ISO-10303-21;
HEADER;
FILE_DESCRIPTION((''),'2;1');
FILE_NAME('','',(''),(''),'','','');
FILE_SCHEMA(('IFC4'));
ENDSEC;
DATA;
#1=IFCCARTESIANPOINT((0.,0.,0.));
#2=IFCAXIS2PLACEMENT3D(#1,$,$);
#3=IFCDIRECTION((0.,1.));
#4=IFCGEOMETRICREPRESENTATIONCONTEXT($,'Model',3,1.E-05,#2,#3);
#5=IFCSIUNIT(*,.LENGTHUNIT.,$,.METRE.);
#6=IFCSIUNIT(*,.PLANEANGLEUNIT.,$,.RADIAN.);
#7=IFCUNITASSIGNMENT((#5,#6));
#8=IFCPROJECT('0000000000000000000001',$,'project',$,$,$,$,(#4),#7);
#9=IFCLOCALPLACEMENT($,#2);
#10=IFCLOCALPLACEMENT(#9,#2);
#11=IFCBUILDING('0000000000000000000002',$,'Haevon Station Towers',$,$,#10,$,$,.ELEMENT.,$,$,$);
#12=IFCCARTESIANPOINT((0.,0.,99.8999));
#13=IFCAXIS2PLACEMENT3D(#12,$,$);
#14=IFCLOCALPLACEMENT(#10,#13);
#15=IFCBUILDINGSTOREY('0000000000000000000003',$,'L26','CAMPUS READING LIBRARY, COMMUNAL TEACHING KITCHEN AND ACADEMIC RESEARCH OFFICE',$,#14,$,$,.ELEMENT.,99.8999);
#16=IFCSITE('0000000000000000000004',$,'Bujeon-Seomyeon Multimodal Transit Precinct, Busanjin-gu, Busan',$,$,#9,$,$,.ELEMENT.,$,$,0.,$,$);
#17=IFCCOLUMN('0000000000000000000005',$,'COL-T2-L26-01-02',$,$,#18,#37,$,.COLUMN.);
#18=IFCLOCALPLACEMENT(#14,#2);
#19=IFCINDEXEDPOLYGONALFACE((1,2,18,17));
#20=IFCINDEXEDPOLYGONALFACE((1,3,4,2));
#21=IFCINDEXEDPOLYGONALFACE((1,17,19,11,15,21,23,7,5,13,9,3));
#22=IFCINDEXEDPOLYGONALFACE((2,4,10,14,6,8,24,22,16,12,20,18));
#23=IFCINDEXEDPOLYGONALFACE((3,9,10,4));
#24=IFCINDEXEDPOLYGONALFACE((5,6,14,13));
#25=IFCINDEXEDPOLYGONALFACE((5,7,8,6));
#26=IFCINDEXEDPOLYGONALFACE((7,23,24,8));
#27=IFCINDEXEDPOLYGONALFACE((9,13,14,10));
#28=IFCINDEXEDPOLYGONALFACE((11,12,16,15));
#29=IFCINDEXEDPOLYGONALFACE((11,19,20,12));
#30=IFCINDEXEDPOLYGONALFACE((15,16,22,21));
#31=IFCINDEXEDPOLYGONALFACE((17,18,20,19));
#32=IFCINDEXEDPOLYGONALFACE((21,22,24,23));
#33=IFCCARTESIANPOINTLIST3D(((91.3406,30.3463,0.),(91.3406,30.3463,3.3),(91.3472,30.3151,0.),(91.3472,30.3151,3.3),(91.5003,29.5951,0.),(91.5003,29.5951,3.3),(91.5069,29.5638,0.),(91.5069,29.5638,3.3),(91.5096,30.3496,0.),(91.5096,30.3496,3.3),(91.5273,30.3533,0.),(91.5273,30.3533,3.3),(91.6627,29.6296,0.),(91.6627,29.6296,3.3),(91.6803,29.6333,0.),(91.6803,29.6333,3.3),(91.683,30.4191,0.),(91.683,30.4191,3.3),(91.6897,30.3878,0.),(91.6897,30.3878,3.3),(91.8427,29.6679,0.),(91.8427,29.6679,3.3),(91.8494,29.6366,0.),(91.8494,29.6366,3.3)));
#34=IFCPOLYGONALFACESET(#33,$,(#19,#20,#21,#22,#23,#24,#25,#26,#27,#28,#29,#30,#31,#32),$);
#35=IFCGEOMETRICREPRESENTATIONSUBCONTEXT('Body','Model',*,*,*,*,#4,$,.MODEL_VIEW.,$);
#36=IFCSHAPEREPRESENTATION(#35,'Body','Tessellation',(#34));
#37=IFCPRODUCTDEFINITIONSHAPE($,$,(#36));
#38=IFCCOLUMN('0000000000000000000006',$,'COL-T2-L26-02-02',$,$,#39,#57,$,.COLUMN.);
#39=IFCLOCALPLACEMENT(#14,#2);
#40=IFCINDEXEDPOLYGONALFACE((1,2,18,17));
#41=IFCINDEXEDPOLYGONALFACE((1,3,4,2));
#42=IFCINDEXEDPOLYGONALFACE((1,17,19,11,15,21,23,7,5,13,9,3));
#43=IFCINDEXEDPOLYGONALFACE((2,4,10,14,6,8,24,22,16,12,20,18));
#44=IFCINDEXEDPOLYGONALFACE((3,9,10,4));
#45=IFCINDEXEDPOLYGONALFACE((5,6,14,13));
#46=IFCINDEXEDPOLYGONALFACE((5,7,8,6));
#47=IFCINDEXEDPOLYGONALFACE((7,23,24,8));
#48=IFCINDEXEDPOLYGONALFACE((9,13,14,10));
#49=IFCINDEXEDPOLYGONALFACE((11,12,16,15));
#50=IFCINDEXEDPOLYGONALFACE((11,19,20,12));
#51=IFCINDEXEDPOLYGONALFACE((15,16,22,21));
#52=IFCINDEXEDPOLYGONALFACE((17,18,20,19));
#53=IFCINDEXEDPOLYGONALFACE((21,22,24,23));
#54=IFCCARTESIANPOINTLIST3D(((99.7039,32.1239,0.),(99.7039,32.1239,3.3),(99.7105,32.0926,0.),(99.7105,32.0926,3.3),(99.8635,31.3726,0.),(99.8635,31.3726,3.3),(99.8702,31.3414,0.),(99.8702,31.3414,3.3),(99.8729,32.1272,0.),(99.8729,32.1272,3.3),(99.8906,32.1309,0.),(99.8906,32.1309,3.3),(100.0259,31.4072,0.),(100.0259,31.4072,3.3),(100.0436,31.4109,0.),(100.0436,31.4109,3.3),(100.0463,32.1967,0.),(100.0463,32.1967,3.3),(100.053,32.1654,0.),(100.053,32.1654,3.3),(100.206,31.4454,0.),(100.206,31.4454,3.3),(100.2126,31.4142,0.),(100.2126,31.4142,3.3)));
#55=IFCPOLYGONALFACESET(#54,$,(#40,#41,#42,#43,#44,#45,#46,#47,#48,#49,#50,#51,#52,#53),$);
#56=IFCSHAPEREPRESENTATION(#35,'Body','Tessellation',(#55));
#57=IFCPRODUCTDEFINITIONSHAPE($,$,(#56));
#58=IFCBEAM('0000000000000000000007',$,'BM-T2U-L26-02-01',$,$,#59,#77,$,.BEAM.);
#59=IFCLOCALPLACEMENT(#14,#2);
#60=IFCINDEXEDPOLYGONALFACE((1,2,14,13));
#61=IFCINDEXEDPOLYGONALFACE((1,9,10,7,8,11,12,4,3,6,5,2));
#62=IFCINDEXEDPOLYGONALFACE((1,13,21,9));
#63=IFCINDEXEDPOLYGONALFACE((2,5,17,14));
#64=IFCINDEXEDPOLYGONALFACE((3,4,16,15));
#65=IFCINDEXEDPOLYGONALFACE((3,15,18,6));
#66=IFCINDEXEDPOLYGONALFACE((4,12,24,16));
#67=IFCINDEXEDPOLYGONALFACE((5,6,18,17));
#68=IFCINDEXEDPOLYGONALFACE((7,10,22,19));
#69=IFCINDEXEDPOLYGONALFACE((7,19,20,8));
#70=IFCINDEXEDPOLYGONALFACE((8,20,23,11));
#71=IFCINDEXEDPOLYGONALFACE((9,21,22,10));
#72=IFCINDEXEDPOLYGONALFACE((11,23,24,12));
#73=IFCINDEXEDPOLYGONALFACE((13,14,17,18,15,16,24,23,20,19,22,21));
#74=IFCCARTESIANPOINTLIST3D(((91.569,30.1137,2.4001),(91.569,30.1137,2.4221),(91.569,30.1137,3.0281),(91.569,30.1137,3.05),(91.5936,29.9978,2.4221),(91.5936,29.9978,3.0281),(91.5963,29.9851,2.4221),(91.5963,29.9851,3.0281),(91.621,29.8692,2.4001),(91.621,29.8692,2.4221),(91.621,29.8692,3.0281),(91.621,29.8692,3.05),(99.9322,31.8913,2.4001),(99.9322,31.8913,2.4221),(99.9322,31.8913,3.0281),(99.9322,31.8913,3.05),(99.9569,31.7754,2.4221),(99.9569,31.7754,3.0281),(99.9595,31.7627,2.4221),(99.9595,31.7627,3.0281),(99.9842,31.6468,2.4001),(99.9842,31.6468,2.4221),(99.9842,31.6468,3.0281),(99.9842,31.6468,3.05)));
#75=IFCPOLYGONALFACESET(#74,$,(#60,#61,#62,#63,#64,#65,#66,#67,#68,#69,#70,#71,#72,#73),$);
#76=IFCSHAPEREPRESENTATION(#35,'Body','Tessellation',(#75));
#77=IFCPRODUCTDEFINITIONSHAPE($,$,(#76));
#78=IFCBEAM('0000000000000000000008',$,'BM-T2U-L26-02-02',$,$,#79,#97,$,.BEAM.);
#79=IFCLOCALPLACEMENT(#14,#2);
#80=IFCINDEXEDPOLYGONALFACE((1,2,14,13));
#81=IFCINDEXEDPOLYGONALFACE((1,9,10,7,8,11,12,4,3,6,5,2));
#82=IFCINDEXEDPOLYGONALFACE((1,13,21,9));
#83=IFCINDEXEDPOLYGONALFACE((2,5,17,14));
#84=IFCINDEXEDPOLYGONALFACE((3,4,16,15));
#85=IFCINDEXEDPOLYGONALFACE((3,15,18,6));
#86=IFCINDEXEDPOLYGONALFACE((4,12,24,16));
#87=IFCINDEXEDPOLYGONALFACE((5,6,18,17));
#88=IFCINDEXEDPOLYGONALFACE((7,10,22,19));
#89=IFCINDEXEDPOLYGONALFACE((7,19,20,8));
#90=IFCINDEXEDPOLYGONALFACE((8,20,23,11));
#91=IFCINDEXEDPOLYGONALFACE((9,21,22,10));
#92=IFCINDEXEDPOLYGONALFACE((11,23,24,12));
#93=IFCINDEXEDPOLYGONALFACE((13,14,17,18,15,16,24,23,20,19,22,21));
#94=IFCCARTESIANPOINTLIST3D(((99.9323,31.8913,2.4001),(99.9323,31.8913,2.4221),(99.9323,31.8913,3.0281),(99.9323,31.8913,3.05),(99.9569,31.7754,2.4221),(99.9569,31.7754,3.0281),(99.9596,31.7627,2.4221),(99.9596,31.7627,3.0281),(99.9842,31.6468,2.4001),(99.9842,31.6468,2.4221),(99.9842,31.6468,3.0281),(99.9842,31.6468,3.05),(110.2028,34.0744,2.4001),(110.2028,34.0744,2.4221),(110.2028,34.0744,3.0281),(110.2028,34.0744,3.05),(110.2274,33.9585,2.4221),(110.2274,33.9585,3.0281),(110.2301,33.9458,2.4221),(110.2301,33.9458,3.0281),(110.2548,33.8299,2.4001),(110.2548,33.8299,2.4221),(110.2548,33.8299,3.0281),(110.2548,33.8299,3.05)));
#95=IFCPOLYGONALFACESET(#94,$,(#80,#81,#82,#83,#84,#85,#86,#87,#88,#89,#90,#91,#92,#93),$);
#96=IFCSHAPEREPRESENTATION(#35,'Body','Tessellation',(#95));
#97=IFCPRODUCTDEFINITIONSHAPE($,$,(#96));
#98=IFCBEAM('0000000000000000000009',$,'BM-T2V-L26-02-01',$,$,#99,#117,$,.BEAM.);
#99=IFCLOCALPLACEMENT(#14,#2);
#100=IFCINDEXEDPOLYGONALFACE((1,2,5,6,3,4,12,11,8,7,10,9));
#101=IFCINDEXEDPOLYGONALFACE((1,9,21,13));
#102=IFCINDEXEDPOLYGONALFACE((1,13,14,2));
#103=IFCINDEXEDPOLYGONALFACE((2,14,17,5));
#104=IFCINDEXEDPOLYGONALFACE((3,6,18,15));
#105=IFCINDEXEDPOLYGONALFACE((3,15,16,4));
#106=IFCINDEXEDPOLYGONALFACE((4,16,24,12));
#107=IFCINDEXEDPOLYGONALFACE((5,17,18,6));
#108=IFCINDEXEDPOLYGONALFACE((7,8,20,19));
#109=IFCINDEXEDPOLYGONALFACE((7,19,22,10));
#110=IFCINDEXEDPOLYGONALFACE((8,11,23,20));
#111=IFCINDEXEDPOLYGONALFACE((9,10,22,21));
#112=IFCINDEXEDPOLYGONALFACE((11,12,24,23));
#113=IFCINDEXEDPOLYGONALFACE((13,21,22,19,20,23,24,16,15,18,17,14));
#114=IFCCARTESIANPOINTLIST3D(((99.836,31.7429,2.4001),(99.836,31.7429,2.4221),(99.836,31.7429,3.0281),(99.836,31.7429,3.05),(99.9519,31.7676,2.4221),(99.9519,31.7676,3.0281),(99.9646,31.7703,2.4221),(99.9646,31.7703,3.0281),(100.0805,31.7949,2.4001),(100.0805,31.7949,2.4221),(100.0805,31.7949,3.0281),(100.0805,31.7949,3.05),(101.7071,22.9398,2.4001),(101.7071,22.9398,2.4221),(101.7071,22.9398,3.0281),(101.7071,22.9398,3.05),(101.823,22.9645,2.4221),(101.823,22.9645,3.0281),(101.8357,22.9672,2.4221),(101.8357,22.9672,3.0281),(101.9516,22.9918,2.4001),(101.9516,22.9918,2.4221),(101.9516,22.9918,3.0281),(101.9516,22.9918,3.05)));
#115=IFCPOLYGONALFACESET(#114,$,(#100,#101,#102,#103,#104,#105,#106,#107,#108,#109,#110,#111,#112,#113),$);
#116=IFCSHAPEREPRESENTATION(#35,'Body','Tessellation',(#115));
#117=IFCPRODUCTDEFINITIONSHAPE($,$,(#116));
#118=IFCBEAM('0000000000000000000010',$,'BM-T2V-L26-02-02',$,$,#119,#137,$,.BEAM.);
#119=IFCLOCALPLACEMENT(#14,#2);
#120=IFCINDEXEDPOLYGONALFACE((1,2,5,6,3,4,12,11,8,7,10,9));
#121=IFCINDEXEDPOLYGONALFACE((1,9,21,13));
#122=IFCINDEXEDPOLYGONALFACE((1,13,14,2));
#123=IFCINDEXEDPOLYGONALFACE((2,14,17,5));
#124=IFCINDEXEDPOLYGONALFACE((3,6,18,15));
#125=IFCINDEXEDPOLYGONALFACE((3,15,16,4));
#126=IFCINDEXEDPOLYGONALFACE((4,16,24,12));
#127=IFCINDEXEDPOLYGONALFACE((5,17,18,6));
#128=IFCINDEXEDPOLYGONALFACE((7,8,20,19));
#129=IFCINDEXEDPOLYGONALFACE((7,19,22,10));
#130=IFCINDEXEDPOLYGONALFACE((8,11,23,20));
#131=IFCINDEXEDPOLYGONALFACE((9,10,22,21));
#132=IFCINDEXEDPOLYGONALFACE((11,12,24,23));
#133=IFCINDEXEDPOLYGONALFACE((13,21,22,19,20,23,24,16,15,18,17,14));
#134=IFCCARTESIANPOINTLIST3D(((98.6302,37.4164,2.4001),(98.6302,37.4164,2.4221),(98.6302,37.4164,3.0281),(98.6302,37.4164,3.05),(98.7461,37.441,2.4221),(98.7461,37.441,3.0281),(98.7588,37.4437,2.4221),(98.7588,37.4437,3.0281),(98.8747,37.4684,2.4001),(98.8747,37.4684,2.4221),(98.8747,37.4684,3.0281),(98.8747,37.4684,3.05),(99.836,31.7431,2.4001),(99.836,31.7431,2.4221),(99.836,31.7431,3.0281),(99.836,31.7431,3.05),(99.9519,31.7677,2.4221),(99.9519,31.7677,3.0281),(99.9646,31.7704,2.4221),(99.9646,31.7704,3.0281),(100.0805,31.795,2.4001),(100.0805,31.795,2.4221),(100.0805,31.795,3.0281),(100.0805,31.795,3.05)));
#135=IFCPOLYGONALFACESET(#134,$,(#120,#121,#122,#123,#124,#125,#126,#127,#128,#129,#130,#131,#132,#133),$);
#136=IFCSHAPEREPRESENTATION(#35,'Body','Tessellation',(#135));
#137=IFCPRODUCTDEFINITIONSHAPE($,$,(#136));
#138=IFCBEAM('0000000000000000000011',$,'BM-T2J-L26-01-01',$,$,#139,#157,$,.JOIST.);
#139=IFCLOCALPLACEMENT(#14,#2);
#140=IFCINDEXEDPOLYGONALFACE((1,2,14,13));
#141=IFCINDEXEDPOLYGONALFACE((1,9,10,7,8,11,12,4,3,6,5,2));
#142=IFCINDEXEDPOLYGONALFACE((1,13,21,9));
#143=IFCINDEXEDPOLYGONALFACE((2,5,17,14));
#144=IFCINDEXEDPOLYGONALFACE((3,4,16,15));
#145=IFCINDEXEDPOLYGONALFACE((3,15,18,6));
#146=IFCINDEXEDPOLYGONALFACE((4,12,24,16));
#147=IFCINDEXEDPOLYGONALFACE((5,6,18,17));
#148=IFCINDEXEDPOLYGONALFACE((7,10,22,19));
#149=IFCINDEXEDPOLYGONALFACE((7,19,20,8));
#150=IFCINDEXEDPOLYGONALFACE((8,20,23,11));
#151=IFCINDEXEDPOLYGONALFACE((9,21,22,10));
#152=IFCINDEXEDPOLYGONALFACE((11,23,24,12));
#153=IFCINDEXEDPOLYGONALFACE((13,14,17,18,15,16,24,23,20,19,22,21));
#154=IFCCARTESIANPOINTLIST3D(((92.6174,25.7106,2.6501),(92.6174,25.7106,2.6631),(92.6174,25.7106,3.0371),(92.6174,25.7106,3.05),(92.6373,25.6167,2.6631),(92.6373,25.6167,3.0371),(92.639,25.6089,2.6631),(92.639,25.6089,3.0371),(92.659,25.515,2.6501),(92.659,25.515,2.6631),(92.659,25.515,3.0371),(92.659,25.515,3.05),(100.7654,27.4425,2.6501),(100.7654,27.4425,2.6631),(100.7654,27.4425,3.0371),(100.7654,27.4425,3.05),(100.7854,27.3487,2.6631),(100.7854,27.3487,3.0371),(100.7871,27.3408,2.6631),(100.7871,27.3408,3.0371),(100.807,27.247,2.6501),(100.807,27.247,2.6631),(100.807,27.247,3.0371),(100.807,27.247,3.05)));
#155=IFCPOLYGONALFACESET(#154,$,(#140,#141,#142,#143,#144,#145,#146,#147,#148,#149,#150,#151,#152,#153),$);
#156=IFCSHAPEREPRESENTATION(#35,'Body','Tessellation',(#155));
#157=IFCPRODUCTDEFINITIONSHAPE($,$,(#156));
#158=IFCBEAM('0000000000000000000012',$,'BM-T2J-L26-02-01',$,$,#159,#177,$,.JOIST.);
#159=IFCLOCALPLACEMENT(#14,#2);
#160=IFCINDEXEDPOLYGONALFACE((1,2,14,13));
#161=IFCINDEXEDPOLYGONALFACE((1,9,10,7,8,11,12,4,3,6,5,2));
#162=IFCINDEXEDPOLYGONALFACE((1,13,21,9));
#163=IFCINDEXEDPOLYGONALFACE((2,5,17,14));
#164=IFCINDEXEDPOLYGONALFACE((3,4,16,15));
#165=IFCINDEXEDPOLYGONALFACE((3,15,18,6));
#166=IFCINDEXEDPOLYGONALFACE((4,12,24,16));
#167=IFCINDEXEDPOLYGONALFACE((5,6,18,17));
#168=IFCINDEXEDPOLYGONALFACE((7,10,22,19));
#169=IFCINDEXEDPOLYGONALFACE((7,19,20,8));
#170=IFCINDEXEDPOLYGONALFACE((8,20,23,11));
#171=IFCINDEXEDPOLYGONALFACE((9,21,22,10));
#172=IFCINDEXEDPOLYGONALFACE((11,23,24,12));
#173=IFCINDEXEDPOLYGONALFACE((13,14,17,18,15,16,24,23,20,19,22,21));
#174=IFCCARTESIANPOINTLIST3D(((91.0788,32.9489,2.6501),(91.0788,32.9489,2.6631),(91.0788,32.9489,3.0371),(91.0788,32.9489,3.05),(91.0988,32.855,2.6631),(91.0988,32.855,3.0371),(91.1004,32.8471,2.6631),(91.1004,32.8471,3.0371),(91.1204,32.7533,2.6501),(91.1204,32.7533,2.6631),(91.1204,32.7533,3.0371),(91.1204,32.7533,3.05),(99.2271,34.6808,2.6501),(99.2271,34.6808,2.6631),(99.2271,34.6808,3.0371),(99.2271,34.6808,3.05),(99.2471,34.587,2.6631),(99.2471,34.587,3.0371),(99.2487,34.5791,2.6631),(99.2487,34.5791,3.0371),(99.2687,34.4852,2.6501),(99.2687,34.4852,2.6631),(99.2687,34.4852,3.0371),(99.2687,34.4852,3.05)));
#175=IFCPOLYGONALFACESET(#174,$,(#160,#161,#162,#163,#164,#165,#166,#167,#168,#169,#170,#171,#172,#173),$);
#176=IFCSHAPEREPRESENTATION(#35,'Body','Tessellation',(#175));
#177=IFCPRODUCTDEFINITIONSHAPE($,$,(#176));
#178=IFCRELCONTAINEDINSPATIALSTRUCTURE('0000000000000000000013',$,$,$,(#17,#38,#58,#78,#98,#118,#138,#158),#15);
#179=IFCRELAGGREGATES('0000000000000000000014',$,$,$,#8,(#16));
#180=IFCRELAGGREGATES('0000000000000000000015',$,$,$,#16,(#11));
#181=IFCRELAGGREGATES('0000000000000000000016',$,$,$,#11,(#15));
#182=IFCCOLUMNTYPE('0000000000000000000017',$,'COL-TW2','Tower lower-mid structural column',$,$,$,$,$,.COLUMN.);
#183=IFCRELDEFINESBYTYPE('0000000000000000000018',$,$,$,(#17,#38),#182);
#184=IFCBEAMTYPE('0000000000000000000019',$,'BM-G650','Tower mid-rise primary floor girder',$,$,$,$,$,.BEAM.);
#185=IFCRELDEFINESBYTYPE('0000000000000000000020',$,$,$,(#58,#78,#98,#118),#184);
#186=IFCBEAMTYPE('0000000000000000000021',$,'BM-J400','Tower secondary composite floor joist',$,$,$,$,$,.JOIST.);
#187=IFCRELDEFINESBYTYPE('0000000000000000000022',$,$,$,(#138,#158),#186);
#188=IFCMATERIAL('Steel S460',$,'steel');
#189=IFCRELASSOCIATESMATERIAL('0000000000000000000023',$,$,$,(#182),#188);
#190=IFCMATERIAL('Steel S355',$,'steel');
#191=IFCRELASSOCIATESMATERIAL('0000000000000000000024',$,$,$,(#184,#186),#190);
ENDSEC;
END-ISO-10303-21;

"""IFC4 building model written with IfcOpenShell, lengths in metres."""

from ifc_helpers import new_model, si_unit, direction, frame, origin, origin_2d, place, context, subcontext, project, spatial, i_section, extrude, material, material_profile, profile_set, type_object, element, save


model = new_model("IFC4")

# Units and contexts
model_context = context("Model", 3, precision=1e-05, world=origin(), true_north=direction((0.0, 1.0)))
body_context = subcontext(model_context, "Body", "Model", "MODEL_VIEW")
ifc_project = project(units=[si_unit("LENGTHUNIT", "METRE"), si_unit("PLANEANGLEUNIT", "RADIAN")], contexts=[model_context])

# Site, building, storey
site_placement = place(None, origin())
site = spatial("IfcSite", under=ifc_project, at=site_placement, Name="Bujeon-Seomyeon Multimodal Transit Precinct, Busanjin-gu, Busan", CompositionType="ELEMENT", RefElevation=0.0)
building_placement = place(site_placement, origin())
building = spatial("IfcBuilding", under=site, at=building_placement, Name="Haevon Station Towers", CompositionType="ELEMENT")
storey_placement = place(building_placement, frame((0.0, 0.0, 99.8999)))
storey = spatial("IfcBuildingStorey", under=building, at=storey_placement, Name="L26", Description="CAMPUS READING LIBRARY, COMMUNAL TEACHING KITCHEN AND ACADEMIC RESEARCH OFFICE", CompositionType="ELEMENT", Elevation=99.8999)

# Columns
ifc_material_1 = material(Name="Steel S460", Category="steel")
ifc_material_profile_1 = material_profile(ifc_material_1, i_section(OverallWidth=0.3501, OverallDepth=0.8, WebThickness=0.0181, FlangeThickness=0.032, at=origin_2d()), Name="H-800x350x18x32")
ifc_profile_set_1 = profile_set([ifc_material_profile_1], Name="Steel S460")
column_type = type_object("IfcColumnType", Name="COL-TW2", Description="Tower lower-mid structural column", PredefinedType="COLUMN", material=ifc_profile_set_1)
for number, where, z_axis, x_axis, name in (
    (1, (91.595, 29.9915, 0.0), (0.0, 0.0, 1.0), (0.978148, 0.207912, 0.0), "COL-T2-L26-01-02"),
    (2, (99.9583, 31.769, 0.0), (0.0, 0.0, 1.0), (0.978148, 0.207912, 0.0), "COL-T2-L26-02-02"),
):
    element("IfcColumn", number, at=place(storey_placement, frame(where, z_axis=z_axis, x_axis=x_axis)), inside=storey, type_object=column_type, Name=name, PredefinedType="COLUMN", context=body_context, shape_type="SweptSolid", body=[
        extrude(i_section(OverallWidth=0.3501, OverallDepth=0.8, WebThickness=0.0181, FlangeThickness=0.032, at=origin_2d()), origin(), (0.0, 0.0, 1.0), 3.3),
    ])

# Beams
ifc_material_2 = material(Name="Steel S355", Category="steel")
ifc_material_profile_2 = material_profile(ifc_material_2, i_section(OverallWidth=0.25, OverallDepth=0.6499, WebThickness=0.0129, FlangeThickness=0.022, at=origin_2d()), Name="H-650x250x13x22")
ifc_profile_set_2 = profile_set([ifc_material_profile_2], Name="Steel S355")
beam_type_1 = type_object("IfcBeamType", Name="BM-G650", Description="Tower mid-rise primary floor girder", PredefinedType="BEAM", material=ifc_profile_set_2)
beam_1_placement = place(storey_placement, frame((91.595, 29.9915, 2.7251), z_axis=(0.97815, 0.207902, 0.0), x_axis=(-0.207902, 0.97815, 0.0)))
element("IfcBeam", 3, at=beam_1_placement, inside=storey, type_object=beam_type_1, Name="BM-T2U-L26-02-01", PredefinedType="BEAM", context=body_context, shape_type="SweptSolid", body=[
    extrude(i_section(OverallWidth=0.25, OverallDepth=0.6499, WebThickness=0.0129, FlangeThickness=0.022, at=origin_2d()), origin(), (0.0, 0.0, 1.0), 8.55),
])
beam_2_placement = place(storey_placement, frame((99.9583, 31.769, 2.7251), z_axis=(0.978147, 0.207915, 0.0), x_axis=(-0.207915, 0.978147, 0.0)))
element("IfcBeam", 4, at=beam_2_placement, inside=storey, type_object=beam_type_1, Name="BM-T2U-L26-02-02", PredefinedType="BEAM", context=body_context, shape_type="SweptSolid", body=[
    extrude(i_section(OverallWidth=0.25, OverallDepth=0.6499, WebThickness=0.0129, FlangeThickness=0.022, at=origin_2d()), origin(), (0.0, 0.0, 1.0), 10.5),
])
beam_3_placement = place(storey_placement, frame((101.8293, 22.9658, 2.7251), z_axis=(-0.207902, 0.97815, 0.0), x_axis=(-0.97815, -0.207902, 0.0)))
element("IfcBeam", 5, at=beam_3_placement, inside=storey, type_object=beam_type_1, Name="BM-T2V-L26-02-01", PredefinedType="BEAM", context=body_context, shape_type="SweptSolid", body=[
    extrude(i_section(OverallWidth=0.25, OverallDepth=0.6499, WebThickness=0.0129, FlangeThickness=0.022, at=origin_2d()), origin(), (0.0, 0.0, 1.0), 8.9998),
])
beam_4_placement = place(storey_placement, frame((99.9583, 31.769, 2.7251), z_axis=(-0.207896, 0.978151, 0.0), x_axis=(-0.978151, -0.207896, 0.0)))
element("IfcBeam", 6, at=beam_4_placement, inside=storey, type_object=beam_type_1, Name="BM-T2V-L26-02-02", PredefinedType="BEAM", context=body_context, shape_type="SweptSolid", body=[
    extrude(i_section(OverallWidth=0.25, OverallDepth=0.6499, WebThickness=0.0129, FlangeThickness=0.022, at=origin_2d()), origin(), (0.0, 0.0, 1.0), 5.8),
])
ifc_material_profile_3 = material_profile(ifc_material_2, i_section(OverallWidth=0.2, OverallDepth=0.3999, WebThickness=0.0081, FlangeThickness=0.0129, at=origin_2d()), Name="H-400x200x8x13")
ifc_profile_set_3 = profile_set([ifc_material_profile_3], Name="Steel S355")
beam_type_2 = type_object("IfcBeamType", Name="BM-J400", Description="Tower secondary composite floor joist", PredefinedType="JOIST", material=ifc_profile_set_3)
beam_5_placement = place(storey_placement, frame((92.6382, 25.6128, 2.8501), z_axis=(0.978147, 0.207916, 0.0), x_axis=(-0.207916, 0.978147, 0.0)))
element("IfcBeam", 7, at=beam_5_placement, inside=storey, type_object=beam_type_2, Name="BM-T2J-L26-01-01", PredefinedType="JOIST", context=body_context, shape_type="SweptSolid", body=[
    extrude(i_section(OverallWidth=0.2, OverallDepth=0.3999, WebThickness=0.0081, FlangeThickness=0.0129, at=origin_2d()), origin(), (0.0, 0.0, 1.0), 8.3301),
])
beam_6_placement = place(storey_placement, frame((91.0996, 32.8511, 2.8501), z_axis=(0.978148, 0.20791, 0.0), x_axis=(-0.20791, 0.978148, 0.0)))
element("IfcBeam", 8, at=beam_6_placement, inside=storey, type_object=beam_type_2, Name="BM-T2J-L26-02-01", PredefinedType="JOIST", context=body_context, shape_type="SweptSolid", body=[
    extrude(i_section(OverallWidth=0.2, OverallDepth=0.3999, WebThickness=0.0081, FlangeThickness=0.0129, at=origin_2d()), origin(), (0.0, 0.0, 1.0), 8.3303),
])

save(model, "model.ifc")
